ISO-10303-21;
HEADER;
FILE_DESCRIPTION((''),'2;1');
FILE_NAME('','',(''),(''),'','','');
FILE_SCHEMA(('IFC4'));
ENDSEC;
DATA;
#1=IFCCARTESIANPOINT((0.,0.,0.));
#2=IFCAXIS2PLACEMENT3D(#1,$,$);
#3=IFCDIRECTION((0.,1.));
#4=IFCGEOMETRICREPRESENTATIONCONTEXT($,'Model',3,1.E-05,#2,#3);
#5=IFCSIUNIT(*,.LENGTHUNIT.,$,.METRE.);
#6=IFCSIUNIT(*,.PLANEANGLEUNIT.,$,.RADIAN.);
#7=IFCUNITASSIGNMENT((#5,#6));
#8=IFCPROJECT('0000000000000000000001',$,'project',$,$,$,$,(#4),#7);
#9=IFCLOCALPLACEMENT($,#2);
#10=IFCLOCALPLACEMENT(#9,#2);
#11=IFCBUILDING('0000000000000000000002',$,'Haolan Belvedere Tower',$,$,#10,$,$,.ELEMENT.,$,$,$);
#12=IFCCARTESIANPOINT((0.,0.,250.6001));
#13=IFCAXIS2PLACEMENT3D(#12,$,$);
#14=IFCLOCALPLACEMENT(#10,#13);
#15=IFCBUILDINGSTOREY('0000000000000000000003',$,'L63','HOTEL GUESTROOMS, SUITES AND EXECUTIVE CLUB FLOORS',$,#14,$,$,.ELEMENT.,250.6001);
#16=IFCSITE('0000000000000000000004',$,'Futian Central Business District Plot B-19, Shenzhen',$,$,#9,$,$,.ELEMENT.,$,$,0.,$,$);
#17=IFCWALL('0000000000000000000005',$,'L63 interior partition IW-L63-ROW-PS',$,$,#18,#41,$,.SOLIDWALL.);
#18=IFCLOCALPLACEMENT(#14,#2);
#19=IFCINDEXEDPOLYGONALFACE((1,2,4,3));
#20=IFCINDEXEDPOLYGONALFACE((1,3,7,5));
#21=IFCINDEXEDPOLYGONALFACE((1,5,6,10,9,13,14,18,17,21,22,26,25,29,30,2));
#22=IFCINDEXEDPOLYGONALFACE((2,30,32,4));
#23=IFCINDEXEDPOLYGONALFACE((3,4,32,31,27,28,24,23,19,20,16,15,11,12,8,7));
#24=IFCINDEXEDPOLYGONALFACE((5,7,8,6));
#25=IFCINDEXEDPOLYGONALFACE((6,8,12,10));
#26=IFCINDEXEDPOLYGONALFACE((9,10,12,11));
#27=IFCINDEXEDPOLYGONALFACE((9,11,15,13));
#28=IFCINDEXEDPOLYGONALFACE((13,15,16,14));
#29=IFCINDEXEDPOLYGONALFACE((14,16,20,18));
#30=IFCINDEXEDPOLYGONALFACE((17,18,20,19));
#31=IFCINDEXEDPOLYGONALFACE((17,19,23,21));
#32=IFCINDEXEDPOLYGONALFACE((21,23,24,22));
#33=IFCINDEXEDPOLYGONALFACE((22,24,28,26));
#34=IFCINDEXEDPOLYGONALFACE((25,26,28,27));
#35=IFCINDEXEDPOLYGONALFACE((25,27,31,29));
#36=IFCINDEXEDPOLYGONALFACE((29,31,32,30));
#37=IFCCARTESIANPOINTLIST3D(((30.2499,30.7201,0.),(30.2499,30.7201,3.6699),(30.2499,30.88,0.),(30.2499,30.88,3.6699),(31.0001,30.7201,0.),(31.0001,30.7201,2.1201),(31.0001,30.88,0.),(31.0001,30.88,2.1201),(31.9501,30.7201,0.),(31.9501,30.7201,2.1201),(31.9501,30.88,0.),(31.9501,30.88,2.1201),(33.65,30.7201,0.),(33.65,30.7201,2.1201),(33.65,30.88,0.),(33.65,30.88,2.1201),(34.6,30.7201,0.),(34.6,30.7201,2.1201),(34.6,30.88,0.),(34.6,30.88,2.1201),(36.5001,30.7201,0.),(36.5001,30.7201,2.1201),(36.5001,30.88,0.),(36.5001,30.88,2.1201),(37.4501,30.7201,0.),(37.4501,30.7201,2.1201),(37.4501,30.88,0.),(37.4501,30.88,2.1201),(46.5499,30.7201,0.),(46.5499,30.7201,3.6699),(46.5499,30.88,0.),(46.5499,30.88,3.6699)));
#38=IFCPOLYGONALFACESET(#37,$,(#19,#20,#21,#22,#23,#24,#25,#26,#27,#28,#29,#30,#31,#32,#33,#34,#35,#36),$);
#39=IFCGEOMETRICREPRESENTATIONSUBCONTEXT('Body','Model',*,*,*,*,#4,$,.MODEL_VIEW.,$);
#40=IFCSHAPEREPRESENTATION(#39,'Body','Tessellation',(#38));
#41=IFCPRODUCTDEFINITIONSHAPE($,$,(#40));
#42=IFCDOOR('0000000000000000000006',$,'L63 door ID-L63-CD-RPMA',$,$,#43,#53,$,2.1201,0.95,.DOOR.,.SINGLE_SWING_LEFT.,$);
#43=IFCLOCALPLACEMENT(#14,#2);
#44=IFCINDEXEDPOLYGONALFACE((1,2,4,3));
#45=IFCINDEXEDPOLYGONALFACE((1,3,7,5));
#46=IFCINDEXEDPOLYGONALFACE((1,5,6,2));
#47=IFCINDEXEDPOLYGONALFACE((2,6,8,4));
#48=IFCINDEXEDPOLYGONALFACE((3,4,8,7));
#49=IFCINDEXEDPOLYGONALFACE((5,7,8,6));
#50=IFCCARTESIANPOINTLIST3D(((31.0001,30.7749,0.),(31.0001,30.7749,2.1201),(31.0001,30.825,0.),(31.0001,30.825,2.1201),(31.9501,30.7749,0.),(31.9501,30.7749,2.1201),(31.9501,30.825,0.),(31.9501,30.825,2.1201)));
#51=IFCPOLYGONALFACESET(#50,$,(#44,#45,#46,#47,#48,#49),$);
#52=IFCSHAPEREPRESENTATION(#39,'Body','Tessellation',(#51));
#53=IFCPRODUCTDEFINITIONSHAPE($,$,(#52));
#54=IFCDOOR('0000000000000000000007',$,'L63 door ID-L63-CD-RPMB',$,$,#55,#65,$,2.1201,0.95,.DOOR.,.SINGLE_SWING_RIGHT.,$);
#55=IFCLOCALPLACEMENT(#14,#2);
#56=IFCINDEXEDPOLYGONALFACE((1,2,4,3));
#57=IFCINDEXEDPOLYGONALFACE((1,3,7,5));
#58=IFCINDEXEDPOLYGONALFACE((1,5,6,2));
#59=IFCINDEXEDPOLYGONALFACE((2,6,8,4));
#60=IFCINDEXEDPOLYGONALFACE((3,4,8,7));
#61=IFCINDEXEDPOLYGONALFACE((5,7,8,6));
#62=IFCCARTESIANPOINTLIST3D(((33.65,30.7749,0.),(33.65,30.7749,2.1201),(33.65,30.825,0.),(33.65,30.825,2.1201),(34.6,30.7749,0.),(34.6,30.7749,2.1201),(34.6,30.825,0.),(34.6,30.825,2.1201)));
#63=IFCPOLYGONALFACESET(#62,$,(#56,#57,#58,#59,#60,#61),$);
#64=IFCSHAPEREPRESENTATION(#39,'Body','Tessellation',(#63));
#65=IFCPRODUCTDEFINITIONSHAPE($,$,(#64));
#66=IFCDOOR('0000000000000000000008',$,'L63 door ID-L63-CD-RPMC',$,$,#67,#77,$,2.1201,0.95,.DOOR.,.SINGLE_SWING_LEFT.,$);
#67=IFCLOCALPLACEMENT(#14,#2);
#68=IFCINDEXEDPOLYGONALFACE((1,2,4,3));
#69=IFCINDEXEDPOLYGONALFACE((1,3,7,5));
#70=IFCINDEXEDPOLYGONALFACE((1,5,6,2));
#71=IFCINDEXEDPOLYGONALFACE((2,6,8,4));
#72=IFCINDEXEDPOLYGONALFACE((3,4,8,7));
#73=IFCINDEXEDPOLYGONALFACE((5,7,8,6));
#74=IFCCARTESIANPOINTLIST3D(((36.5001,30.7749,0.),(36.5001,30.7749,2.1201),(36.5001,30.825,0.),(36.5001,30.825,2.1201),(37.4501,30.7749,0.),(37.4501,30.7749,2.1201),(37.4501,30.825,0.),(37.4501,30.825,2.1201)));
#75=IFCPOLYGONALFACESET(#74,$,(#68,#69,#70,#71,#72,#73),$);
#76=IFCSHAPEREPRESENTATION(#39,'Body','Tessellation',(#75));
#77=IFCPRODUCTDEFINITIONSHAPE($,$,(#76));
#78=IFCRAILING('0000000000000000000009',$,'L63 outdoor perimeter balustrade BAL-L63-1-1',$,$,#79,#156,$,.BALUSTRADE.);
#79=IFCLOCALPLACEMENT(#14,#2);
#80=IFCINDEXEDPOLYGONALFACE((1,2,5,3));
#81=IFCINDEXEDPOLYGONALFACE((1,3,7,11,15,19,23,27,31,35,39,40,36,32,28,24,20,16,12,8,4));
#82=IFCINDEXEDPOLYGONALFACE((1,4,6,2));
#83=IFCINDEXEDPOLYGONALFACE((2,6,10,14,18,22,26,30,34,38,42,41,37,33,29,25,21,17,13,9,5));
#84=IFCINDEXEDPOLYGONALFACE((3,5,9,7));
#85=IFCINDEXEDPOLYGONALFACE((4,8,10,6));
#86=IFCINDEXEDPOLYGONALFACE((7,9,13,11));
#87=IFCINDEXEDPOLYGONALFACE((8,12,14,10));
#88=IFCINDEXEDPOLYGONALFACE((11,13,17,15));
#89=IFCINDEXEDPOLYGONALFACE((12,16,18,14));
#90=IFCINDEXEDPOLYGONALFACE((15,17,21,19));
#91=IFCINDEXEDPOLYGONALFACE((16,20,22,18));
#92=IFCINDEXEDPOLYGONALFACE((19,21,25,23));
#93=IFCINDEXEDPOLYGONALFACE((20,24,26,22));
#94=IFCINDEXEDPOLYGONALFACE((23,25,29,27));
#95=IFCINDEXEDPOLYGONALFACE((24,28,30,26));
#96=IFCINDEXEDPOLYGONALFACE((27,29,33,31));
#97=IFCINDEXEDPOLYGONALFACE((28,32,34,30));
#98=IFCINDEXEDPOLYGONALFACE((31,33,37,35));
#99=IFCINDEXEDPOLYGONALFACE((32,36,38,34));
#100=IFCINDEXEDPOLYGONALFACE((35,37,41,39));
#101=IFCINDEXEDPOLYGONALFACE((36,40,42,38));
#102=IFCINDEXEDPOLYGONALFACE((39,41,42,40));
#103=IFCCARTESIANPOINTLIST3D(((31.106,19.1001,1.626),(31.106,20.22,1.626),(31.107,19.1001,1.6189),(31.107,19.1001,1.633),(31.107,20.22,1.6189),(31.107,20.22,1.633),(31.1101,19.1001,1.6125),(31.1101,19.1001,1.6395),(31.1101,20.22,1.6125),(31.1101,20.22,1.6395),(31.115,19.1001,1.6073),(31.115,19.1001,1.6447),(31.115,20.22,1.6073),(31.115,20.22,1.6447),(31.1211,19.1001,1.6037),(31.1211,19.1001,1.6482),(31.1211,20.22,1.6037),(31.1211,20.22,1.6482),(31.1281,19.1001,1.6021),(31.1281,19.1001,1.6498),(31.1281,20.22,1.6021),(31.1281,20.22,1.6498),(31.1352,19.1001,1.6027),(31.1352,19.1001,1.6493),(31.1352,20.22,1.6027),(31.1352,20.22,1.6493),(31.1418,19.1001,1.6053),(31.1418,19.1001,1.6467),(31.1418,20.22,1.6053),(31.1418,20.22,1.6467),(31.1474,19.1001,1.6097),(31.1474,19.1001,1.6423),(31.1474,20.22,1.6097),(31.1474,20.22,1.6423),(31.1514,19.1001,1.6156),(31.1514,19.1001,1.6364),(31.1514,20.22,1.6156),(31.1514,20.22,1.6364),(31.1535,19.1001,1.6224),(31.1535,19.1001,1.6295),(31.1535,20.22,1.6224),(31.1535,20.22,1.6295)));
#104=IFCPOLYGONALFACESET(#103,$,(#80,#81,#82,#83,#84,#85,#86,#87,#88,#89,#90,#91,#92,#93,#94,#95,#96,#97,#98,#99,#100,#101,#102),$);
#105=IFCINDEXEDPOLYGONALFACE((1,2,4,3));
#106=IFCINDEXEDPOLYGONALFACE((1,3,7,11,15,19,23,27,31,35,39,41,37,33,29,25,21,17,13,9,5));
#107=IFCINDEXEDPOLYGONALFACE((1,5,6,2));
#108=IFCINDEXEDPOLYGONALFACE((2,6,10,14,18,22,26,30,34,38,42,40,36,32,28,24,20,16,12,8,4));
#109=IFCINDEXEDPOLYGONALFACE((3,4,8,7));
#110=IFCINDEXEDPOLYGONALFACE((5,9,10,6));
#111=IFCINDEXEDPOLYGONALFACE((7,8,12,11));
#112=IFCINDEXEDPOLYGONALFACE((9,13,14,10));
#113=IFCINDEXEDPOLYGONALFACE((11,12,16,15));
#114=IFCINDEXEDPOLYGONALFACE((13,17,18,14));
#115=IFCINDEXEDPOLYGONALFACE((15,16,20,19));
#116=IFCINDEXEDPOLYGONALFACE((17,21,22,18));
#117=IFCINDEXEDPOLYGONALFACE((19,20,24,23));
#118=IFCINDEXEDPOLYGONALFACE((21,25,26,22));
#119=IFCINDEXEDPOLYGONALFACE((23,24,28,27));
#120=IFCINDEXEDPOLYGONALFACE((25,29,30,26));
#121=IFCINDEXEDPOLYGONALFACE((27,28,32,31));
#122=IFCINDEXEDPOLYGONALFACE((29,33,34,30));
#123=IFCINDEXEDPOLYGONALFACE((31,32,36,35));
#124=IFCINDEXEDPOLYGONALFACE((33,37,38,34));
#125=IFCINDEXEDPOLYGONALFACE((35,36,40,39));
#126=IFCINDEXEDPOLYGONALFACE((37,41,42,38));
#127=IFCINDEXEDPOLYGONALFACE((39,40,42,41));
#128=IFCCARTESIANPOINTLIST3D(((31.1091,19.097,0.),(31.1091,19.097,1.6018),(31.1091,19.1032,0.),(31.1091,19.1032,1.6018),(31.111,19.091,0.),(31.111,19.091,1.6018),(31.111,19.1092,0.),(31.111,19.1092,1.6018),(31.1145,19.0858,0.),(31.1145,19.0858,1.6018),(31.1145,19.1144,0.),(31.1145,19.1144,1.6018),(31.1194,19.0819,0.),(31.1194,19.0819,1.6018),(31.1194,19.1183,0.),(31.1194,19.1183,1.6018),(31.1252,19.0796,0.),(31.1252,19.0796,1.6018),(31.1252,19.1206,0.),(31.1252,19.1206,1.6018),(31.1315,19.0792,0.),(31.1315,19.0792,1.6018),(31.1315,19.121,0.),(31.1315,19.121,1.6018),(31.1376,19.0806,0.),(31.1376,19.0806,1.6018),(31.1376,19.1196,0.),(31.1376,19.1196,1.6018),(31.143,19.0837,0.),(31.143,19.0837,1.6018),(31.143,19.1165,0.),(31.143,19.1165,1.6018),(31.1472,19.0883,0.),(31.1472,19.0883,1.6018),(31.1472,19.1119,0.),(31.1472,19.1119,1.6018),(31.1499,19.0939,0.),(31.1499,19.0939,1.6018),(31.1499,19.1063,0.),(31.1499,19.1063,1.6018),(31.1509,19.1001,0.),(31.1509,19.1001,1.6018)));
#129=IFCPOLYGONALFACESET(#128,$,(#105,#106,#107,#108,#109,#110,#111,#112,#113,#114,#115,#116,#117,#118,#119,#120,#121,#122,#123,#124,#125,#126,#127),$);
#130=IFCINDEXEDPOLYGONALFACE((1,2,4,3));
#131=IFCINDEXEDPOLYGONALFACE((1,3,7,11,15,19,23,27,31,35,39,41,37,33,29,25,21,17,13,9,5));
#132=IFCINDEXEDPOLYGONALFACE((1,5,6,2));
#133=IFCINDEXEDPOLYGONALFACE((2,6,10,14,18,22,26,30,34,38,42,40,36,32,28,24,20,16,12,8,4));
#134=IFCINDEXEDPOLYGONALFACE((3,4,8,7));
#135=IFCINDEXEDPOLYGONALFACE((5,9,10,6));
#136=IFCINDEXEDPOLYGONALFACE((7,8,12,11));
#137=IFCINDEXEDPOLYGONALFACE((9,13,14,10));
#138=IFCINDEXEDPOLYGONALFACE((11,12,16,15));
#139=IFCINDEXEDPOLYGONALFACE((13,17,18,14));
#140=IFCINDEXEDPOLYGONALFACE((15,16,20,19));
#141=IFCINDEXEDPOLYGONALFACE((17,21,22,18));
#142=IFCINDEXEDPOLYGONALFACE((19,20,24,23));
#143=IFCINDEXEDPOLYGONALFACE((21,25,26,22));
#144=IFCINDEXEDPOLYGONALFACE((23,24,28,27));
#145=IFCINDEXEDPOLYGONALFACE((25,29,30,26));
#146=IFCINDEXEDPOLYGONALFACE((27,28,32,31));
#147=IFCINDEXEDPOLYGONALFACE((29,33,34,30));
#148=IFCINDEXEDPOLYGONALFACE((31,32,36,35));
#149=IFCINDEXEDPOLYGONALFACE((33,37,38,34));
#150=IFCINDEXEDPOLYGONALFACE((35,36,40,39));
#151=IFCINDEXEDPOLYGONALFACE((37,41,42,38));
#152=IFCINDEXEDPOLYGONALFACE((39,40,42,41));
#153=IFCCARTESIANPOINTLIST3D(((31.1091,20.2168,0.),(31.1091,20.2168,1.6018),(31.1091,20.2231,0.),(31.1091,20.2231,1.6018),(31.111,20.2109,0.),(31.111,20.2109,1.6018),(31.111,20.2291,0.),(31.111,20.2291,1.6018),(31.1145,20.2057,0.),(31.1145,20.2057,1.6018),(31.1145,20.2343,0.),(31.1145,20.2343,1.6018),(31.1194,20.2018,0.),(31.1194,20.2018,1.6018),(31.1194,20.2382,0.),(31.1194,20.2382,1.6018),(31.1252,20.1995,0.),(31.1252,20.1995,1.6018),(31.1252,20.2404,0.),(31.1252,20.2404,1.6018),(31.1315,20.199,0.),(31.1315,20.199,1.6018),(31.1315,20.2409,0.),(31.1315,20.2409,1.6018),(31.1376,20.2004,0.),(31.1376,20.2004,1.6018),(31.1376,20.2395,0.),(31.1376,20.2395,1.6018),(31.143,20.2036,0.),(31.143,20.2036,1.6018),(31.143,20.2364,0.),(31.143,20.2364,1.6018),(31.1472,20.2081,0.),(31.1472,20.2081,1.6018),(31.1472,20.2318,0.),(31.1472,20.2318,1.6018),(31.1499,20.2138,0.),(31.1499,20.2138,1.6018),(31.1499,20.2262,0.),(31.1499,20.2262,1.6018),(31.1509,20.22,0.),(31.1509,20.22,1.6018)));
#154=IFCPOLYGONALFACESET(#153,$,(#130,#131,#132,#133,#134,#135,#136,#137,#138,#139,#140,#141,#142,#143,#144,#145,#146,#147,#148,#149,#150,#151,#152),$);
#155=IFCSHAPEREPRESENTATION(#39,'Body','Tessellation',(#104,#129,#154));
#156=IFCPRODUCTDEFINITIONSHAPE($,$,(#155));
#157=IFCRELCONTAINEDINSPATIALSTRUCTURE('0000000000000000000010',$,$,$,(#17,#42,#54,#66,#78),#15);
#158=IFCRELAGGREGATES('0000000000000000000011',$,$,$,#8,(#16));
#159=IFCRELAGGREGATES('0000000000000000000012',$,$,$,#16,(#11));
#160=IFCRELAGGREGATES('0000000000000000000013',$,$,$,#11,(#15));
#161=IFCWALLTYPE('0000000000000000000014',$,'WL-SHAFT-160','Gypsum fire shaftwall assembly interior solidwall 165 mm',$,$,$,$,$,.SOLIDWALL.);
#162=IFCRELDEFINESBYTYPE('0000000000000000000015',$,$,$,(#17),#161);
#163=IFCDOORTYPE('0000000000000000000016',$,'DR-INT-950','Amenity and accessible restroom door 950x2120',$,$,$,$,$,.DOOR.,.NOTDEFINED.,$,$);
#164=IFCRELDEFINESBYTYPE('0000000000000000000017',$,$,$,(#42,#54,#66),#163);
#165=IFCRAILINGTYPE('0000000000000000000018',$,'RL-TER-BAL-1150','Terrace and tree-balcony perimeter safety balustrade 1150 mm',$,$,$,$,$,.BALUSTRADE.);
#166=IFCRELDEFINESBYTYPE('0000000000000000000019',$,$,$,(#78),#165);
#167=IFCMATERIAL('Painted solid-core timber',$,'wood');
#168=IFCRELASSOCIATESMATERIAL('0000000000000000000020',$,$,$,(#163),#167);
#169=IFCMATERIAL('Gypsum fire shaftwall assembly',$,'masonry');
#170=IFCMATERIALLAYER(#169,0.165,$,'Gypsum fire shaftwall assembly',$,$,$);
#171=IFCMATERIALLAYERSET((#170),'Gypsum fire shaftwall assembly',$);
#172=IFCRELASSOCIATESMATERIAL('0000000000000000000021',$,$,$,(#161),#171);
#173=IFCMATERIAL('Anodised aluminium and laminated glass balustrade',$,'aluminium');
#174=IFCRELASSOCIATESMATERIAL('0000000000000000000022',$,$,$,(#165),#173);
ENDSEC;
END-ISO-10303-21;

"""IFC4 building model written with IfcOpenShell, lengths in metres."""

from ifc_helpers import new_model, si_unit, direction, frame, frame_2d, origin, origin_2d, place, context, subcontext, project, spatial, rectangle, circle, extrude, material, layer, layer_set, type_object, element, fill, save


model = new_model("IFC4")

# Units and contexts
model_context = context("Model", 3, precision=1e-05, world=origin(), true_north=direction((0.0, 1.0)))
body_context = subcontext(model_context, "Body", "Model", "MODEL_VIEW")
ifc_project = project(units=[si_unit("LENGTHUNIT", "METRE"), si_unit("PLANEANGLEUNIT", "RADIAN")], contexts=[model_context])

# Site, building, storey
site_placement = place(None, origin())
site = spatial("IfcSite", under=ifc_project, at=site_placement, Name="Futian Central Business District Plot B-19, Shenzhen", CompositionType="ELEMENT", RefElevation=0.0)
building_placement = place(site_placement, origin())
building = spatial("IfcBuilding", under=site, at=building_placement, Name="Haolan Belvedere Tower", CompositionType="ELEMENT")
storey_placement = place(building_placement, frame((0.0, 0.0, 250.6001)))
storey = spatial("IfcBuildingStorey", under=building, at=storey_placement, Name="L63", Description="HOTEL GUESTROOMS, SUITES AND EXECUTIVE CLUB FLOORS", CompositionType="ELEMENT", Elevation=250.6001)

# Shared definitions
ifc_material_1 = material(Name="Painted solid-core timber", Category="wood")
door_type_1 = type_object("IfcDoorType", Name="DR-INT-950", Description="Amenity and accessible restroom door 950x2120", OperationType="NOTDEFINED", PredefinedType="DOOR", material=ifc_material_1)

# Wall, openings, doors
ifc_material_2 = material(Name="Gypsum fire shaftwall assembly", Category="masonry")
ifc_layer_1 = layer(ifc_material_2, 0.165, Name="Gypsum fire shaftwall assembly")
ifc_layer_set_1 = layer_set([ifc_layer_1], Name="Gypsum fire shaftwall assembly")
wall_type_1 = type_object("IfcWallType", Name="WL-SHAFT-160", Description="Gypsum fire shaftwall assembly interior solidwall 165 mm", PredefinedType="SOLIDWALL", material=ifc_layer_set_1)
wall_1_placement = place(storey_placement, frame((30.25, 30.8, 0.0), z_axis=(0.0, 0.0, 1.0), x_axis=(1.0, 0.0, 0.0)))
wall_1 = element("IfcWall", 1, at=wall_1_placement, inside=storey, type_object=wall_type_1, Name="L63 interior partition IW-L63-ROW-PS", PredefinedType="SOLIDWALL", context=body_context, shape_type="SweptSolid", body=[
    extrude(rectangle(XDim=16.3, YDim=0.1599, at=frame_2d((8.1499, 0.0))), origin(), (0.0, 0.0, 1.0), 3.6699),
])
opening_1_placement = place(wall_1_placement, frame((0.75, 0.0, 0.0)))
opening_1 = element("IfcOpeningElement", 2, at=opening_1_placement, cuts=wall_1, PredefinedType="OPENING", context=body_context, shape_type="SweptSolid", body=[
    extrude(rectangle(XDim=0.95, YDim=2.1201, at=frame_2d((0.4751, 1.0601))), frame((0.0, 0.0898, 0.0), z_axis=(0.0, -1.0, 0.0), x_axis=(1.0, 0.0, 0.0)), (0.0, 0.0, 1.0), 0.1799),
])
opening_2_placement = place(wall_1_placement, frame((3.3999, 0.0, 0.0)))
opening_2 = element("IfcOpeningElement", 3, at=opening_2_placement, cuts=wall_1, PredefinedType="OPENING", context=body_context, shape_type="SweptSolid", body=[
    extrude(rectangle(XDim=0.95, YDim=2.1201, at=frame_2d((0.4751, 1.0601))), frame((0.0, 0.0898, 0.0), z_axis=(0.0, -1.0, 0.0), x_axis=(1.0, 0.0, 0.0)), (0.0, 0.0, 1.0), 0.1799),
])
opening_3_placement = place(wall_1_placement, frame((6.25, 0.0, 0.0)))
opening_3 = element("IfcOpeningElement", 4, at=opening_3_placement, cuts=wall_1, PredefinedType="OPENING", context=body_context, shape_type="SweptSolid", body=[
    extrude(rectangle(XDim=0.95, YDim=2.1201, at=frame_2d((0.4751, 1.0601))), frame((0.0, 0.0898, 0.0), z_axis=(0.0, -1.0, 0.0), x_axis=(1.0, 0.0, 0.0)), (0.0, 0.0, 1.0), 0.1799),
])
door_1_placement = place(opening_1_placement, origin())
door_1 = element("IfcDoor", 5, at=door_1_placement, inside=storey, type_object=door_type_1, Name="L63 door ID-L63-CD-RPMA", OperationType="SINGLE_SWING_LEFT", OverallHeight=2.1201, OverallWidth=0.95, PredefinedType="DOOR", context=body_context, shape_type="SweptSolid", body=[
    extrude(rectangle(XDim=0.95, YDim=2.1201, at=frame_2d((0.4751, 1.0601))), frame((0.0, 0.0249, 0.0), z_axis=(0.0, -1.0, 0.0), x_axis=(1.0, 0.0, 0.0)), (0.0, 0.0, 1.0), 0.05),
])
fill(opening_1, door_1)
door_2_placement = place(opening_2_placement, origin())
door_2 = element("IfcDoor", 6, at=door_2_placement, inside=storey, type_object=door_type_1, Name="L63 door ID-L63-CD-RPMB", OperationType="SINGLE_SWING_RIGHT", OverallHeight=2.1201, OverallWidth=0.95, PredefinedType="DOOR", context=body_context, shape_type="SweptSolid", body=[
    extrude(rectangle(XDim=0.95, YDim=2.1201, at=frame_2d((0.4751, 1.0601))), frame((0.0, 0.0249, 0.0), z_axis=(0.0, -1.0, 0.0), x_axis=(1.0, 0.0, 0.0)), (0.0, 0.0, 1.0), 0.05),
])
fill(opening_2, door_2)
door_3_placement = place(opening_3_placement, origin())
door_3 = element("IfcDoor", 7, at=door_3_placement, inside=storey, type_object=door_type_1, Name="L63 door ID-L63-CD-RPMC", OperationType="SINGLE_SWING_LEFT", OverallHeight=2.1201, OverallWidth=0.95, PredefinedType="DOOR", context=body_context, shape_type="SweptSolid", body=[
    extrude(rectangle(XDim=0.95, YDim=2.1201, at=frame_2d((0.4751, 1.0601))), frame((0.0, 0.0249, 0.0), z_axis=(0.0, -1.0, 0.0), x_axis=(1.0, 0.0, 0.0)), (0.0, 0.0, 1.0), 0.05),
])
fill(opening_3, door_3)

# Railing
ifc_material_3 = material(Name="Anodised aluminium and laminated glass balustrade", Category="aluminium")
railing_type = type_object("IfcRailingType", Name="RL-TER-BAL-1150", Description="Terrace and tree-balcony perimeter safety balustrade 1150 mm", PredefinedType="BALUSTRADE", material=ifc_material_3)
railing_placement = place(storey_placement, frame((31.1299, 19.1001, 0.0)))
element("IfcRailing", 8, at=railing_placement, inside=storey, type_object=railing_type, Name="L63 outdoor perimeter balustrade BAL-L63-1-1", PredefinedType="BALUSTRADE", context=body_context, shape_type="SweptSolid", body=[
    extrude(circle(Radius=0.0239, at=origin_2d()), frame((0.0, 0.0, 1.626), z_axis=(0.0, 1.0, 0.0), x_axis=(-1.0, 0.0, 0.0)), (0.0, 0.0, 1.0), 1.1199),
    extrude(circle(Radius=0.021, at=origin_2d()), origin(), (0.0, 0.0, 1.0), 1.6018),
    extrude(circle(Radius=0.021, at=origin_2d()), frame((0.0, 1.1199, 0.0)), (0.0, 0.0, 1.0), 1.6018),
])

save(model, "model.ifc")
